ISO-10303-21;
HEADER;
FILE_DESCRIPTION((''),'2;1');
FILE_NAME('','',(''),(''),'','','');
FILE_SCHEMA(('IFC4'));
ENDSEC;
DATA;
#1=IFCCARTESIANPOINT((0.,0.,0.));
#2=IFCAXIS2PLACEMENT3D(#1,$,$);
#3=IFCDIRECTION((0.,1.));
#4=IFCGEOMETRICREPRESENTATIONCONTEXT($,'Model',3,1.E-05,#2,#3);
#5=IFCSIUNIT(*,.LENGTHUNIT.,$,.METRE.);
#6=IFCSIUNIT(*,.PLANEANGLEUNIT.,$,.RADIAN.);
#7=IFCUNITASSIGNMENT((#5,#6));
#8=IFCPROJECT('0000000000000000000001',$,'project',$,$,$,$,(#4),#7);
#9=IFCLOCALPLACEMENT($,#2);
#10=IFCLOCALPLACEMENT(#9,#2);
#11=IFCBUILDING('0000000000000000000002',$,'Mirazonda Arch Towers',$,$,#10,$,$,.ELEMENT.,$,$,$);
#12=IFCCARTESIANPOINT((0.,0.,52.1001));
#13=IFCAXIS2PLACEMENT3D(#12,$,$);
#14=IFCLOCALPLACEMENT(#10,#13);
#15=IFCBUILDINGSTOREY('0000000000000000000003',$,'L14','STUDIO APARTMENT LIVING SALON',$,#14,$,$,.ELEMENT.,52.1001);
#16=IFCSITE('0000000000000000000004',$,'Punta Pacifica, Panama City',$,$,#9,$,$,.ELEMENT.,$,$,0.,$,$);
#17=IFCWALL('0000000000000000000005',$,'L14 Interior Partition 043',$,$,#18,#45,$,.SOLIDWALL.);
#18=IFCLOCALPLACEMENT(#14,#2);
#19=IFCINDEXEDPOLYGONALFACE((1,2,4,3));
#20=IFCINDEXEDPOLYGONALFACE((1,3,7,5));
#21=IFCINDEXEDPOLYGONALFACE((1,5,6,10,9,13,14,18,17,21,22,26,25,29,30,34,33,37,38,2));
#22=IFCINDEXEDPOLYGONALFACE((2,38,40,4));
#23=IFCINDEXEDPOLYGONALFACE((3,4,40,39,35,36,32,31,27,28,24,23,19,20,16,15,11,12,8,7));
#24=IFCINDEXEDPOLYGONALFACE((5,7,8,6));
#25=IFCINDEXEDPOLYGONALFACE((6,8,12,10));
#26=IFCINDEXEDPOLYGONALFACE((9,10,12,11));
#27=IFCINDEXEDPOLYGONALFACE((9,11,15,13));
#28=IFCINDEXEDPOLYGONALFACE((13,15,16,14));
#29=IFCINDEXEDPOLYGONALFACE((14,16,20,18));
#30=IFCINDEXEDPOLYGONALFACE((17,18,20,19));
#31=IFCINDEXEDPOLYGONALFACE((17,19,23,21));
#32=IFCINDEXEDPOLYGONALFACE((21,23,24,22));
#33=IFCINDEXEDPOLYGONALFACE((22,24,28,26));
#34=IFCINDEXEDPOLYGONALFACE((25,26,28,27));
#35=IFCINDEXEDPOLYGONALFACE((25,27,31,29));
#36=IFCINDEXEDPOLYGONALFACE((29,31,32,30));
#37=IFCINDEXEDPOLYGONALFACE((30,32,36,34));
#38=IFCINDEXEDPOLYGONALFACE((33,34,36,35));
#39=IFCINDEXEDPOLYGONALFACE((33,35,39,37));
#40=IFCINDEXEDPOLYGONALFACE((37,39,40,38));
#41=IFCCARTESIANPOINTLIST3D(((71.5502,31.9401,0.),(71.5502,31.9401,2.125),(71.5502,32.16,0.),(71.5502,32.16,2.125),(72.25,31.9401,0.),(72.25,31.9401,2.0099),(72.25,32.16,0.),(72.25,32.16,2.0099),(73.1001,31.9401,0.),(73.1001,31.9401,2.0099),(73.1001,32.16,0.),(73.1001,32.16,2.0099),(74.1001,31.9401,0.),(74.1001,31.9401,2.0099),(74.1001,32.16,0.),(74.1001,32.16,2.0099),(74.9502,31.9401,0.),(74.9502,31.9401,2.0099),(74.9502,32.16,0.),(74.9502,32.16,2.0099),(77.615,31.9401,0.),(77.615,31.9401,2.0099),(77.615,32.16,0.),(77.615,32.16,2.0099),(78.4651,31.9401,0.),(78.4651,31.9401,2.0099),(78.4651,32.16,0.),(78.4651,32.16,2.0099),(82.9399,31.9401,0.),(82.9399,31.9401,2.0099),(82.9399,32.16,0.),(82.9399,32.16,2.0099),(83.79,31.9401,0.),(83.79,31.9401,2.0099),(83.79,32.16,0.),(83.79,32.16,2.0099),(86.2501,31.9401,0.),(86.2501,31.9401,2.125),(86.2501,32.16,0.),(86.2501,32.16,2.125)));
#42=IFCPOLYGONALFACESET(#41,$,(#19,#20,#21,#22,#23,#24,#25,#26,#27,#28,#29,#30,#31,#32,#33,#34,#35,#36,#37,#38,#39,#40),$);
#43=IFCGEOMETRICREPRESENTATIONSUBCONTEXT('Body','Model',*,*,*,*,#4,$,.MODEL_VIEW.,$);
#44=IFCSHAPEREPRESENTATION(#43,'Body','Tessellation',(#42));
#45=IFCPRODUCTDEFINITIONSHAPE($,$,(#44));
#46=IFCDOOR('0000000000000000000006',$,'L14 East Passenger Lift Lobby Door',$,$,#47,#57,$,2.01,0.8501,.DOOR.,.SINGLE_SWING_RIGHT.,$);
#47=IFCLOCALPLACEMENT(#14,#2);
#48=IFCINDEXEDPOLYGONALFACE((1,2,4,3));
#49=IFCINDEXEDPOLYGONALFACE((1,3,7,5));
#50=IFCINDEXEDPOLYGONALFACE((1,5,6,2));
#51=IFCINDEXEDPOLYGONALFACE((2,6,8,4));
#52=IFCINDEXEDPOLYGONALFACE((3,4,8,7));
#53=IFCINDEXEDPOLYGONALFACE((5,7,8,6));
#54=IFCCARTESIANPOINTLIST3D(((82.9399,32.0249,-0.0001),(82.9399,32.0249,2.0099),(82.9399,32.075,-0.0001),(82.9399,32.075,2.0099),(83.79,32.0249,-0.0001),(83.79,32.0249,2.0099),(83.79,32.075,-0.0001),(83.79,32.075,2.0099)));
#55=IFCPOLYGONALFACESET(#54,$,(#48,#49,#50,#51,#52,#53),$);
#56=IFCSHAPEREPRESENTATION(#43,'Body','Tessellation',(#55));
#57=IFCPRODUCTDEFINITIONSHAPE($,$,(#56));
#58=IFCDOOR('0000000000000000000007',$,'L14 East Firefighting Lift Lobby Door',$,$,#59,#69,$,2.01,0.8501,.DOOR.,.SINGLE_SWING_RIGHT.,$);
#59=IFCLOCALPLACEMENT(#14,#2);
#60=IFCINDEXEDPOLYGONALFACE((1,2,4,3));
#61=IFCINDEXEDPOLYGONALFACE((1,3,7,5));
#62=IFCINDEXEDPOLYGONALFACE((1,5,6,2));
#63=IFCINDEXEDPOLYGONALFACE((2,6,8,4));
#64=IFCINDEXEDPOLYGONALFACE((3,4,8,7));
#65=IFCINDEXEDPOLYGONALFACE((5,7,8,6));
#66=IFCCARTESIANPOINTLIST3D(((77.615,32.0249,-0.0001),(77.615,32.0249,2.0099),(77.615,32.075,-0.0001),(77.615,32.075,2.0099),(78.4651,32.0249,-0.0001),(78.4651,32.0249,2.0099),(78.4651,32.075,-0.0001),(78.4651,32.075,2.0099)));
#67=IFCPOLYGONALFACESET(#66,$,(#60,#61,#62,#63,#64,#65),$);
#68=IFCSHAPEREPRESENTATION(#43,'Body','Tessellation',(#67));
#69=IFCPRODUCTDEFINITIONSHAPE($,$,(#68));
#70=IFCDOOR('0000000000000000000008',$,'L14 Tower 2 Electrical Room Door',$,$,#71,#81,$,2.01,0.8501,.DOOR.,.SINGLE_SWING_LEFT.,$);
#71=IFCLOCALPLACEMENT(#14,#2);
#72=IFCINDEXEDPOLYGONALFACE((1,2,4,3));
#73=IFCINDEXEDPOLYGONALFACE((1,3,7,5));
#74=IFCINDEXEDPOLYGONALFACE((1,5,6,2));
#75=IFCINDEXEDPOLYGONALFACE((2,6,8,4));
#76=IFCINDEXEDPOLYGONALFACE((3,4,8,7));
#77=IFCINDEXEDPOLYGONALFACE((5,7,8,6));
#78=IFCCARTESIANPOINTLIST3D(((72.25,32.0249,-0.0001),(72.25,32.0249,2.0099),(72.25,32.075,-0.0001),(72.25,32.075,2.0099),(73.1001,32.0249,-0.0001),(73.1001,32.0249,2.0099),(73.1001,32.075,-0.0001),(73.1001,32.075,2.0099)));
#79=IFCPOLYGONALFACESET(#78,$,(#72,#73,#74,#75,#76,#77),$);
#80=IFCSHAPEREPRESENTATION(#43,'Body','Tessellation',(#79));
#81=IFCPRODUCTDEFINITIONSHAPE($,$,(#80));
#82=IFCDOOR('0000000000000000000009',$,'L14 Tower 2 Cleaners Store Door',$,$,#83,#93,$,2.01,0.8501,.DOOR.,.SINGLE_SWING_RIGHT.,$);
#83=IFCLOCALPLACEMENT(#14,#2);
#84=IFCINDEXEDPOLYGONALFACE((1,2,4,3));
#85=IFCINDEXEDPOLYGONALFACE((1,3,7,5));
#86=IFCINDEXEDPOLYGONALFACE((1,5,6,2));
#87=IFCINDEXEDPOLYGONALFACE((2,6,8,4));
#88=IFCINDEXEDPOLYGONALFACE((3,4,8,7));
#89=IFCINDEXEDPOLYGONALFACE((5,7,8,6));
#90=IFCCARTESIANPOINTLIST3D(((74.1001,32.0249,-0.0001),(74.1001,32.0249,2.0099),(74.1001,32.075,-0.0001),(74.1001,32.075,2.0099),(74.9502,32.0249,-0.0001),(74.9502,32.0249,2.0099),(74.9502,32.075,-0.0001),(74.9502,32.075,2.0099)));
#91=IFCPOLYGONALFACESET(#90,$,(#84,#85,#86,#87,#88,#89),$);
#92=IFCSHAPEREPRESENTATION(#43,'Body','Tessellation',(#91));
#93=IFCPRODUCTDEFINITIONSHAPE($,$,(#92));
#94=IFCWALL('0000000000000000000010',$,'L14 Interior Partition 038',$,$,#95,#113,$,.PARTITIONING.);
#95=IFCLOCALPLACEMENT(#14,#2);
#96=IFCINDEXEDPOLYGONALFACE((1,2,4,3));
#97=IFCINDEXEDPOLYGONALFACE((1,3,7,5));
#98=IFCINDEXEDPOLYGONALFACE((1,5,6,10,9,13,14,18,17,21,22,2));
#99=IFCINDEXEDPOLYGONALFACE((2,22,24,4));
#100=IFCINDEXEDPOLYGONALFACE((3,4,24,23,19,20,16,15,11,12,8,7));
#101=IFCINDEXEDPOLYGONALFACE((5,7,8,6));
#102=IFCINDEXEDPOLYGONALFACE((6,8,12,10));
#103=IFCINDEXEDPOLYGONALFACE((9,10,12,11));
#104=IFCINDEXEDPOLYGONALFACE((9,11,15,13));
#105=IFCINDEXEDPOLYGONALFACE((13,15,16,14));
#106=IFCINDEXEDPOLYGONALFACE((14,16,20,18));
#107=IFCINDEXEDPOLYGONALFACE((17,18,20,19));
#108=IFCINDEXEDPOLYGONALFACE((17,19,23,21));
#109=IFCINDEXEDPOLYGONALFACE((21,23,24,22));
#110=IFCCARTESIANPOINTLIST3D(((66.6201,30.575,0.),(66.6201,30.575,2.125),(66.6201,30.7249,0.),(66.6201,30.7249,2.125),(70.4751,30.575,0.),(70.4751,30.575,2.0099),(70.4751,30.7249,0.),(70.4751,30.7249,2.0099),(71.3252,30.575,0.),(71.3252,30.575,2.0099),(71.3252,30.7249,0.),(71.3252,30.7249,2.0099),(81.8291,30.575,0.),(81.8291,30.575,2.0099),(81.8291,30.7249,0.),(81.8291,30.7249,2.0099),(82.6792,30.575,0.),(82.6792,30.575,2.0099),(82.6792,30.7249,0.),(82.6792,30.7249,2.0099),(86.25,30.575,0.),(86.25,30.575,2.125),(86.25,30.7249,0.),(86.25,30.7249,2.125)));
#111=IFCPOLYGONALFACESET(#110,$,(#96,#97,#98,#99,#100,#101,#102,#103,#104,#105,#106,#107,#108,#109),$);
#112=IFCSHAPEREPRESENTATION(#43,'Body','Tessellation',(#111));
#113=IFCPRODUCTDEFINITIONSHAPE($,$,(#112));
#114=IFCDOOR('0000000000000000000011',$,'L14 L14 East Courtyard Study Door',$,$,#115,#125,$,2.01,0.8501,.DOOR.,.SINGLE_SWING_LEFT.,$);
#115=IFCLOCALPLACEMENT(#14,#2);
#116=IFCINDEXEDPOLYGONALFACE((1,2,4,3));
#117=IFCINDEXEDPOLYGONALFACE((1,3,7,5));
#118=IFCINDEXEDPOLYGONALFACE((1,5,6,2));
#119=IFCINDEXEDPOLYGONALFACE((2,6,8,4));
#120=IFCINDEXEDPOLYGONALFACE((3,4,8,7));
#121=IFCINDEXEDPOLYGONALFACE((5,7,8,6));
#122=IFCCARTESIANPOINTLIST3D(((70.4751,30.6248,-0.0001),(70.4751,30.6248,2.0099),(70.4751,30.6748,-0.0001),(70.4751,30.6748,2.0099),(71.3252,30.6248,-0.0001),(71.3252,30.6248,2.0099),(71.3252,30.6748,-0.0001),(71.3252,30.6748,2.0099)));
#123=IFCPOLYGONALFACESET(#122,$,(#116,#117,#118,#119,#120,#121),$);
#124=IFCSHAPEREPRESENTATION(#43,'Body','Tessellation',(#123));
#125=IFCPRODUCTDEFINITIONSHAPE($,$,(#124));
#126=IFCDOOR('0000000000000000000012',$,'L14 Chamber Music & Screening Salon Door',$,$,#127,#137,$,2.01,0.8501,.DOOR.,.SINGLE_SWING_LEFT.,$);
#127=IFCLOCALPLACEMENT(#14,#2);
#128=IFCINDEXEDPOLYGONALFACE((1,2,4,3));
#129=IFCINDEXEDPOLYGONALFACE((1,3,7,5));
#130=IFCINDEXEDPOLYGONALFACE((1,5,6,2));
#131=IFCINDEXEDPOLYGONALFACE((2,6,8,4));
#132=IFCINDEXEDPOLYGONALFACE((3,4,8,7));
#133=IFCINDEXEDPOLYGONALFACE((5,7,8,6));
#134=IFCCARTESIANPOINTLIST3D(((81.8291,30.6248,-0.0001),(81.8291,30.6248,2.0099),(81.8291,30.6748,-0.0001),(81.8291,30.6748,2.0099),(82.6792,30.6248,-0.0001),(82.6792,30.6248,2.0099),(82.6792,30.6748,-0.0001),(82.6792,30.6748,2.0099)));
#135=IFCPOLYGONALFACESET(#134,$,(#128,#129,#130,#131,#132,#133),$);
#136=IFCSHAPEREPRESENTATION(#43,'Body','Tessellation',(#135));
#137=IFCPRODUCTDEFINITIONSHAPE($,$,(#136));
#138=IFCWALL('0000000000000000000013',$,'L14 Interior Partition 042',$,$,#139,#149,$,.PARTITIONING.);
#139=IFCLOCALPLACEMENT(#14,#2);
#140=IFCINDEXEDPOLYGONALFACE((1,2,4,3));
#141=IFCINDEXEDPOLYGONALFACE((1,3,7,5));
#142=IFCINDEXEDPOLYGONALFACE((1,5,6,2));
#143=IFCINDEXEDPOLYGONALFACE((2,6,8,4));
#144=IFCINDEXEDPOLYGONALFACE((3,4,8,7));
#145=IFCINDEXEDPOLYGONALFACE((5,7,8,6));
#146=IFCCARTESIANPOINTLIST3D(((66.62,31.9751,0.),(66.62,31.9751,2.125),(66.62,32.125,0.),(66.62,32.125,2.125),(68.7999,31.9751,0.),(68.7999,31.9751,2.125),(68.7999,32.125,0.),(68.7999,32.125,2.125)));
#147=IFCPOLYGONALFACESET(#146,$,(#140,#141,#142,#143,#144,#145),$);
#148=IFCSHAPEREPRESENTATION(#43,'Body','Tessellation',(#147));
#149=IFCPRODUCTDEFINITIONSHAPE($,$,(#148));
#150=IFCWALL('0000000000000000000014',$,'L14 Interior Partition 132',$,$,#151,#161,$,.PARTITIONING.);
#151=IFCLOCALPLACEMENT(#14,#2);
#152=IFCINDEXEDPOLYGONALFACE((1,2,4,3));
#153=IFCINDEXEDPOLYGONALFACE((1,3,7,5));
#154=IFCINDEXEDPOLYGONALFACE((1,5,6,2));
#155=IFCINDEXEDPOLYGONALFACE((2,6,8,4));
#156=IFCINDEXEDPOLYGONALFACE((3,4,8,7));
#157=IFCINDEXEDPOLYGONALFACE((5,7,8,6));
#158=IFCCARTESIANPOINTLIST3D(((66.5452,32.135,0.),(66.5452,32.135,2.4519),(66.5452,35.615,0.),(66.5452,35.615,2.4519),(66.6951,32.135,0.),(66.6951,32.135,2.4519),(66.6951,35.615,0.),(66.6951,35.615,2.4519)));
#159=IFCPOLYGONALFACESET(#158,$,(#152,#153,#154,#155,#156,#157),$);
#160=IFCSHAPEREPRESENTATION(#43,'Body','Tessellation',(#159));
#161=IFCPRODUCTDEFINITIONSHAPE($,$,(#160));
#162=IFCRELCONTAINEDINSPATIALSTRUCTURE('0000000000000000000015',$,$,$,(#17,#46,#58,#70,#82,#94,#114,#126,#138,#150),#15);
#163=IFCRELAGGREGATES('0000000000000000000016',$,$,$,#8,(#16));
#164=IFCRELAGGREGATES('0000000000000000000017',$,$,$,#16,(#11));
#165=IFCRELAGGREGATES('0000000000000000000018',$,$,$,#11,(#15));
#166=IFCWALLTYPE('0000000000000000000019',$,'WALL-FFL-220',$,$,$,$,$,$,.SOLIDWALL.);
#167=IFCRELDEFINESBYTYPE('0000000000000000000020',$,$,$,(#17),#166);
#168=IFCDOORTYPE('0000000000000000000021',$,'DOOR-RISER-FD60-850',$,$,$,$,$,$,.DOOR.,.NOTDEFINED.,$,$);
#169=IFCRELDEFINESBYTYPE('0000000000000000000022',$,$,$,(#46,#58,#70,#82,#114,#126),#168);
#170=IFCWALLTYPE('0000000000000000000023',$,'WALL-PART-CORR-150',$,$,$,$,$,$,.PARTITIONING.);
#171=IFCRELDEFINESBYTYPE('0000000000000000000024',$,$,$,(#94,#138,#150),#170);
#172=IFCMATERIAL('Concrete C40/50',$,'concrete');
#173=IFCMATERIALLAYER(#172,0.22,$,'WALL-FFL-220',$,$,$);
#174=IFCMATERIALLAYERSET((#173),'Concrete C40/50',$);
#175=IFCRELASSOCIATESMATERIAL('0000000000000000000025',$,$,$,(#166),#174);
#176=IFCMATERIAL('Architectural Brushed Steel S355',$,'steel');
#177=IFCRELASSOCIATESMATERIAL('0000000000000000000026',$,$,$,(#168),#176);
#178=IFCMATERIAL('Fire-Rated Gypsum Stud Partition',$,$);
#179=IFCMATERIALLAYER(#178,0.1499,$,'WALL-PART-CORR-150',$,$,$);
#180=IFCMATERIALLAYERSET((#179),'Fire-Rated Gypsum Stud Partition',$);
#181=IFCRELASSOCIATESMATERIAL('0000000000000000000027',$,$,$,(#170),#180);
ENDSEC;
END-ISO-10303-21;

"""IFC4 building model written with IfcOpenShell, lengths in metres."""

from ifc_helpers import new_model, si_unit, direction, frame, frame_2d, origin, place, context, subcontext, project, spatial, rectangle, extrude, material, layer, layer_set, type_object, element, fill, save


model = new_model("IFC4")

# Units and contexts
model_context = context("Model", 3, precision=1e-05, world=origin(), true_north=direction((0.0, 1.0)))
body_context = subcontext(model_context, "Body", "Model", "MODEL_VIEW")
ifc_project = project(units=[si_unit("LENGTHUNIT", "METRE"), si_unit("PLANEANGLEUNIT", "RADIAN")], contexts=[model_context])

# Site, building, storey
site_placement = place(None, origin())
site = spatial("IfcSite", under=ifc_project, at=site_placement, Name="Punta Pacifica, Panama City", CompositionType="ELEMENT", RefElevation=0.0)
building_placement = place(site_placement, origin())
building = spatial("IfcBuilding", under=site, at=building_placement, Name="Mirazonda Arch Towers", CompositionType="ELEMENT")
storey_placement = place(building_placement, frame((0.0, 0.0, 52.1001)))
storey = spatial("IfcBuildingStorey", under=building, at=storey_placement, Name="L14", Description="STUDIO APARTMENT LIVING SALON", CompositionType="ELEMENT", Elevation=52.1001)

# Walls, openings, doors
ifc_material_1 = material(Name="Architectural Brushed Steel S355", Category="steel")
ifc_material_2 = material(Name="Concrete C40/50", Category="concrete")
ifc_layer_1 = layer(ifc_material_2, 0.22, Name="WALL-FFL-220")
ifc_layer_set_1 = layer_set([ifc_layer_1], Name="Concrete C40/50")
wall_type_1 = type_object("IfcWallType", Name="WALL-FFL-220", PredefinedType="SOLIDWALL", material=ifc_layer_set_1)
wall_1_placement = place(storey_placement, frame((71.55, 32.05, 0.0), z_axis=(0.0, 0.0, 1.0), x_axis=(1.0, 0.0, 0.0)))
wall_1 = element("IfcWall", 1, at=wall_1_placement, inside=storey, type_object=wall_type_1, Name="L14 Interior Partition 043", PredefinedType="SOLIDWALL", context=body_context, shape_type="SweptSolid", body=[
    extrude(rectangle(XDim=14.7, YDim=0.22, at=frame_2d((7.3501, 0.0))), origin(), (0.0, 0.0, 1.0), 2.125),
])
opening_1_placement = place(wall_1_placement, frame((11.3899, 0.0, 0.0)))
opening_1 = element("IfcOpeningElement", 2, at=opening_1_placement, cuts=wall_1, PredefinedType="OPENING", context=body_context, shape_type="SweptSolid", body=[
    extrude(rectangle(XDim=0.8501, YDim=2.01, at=frame_2d((0.425, 1.0049))), frame((0.0, 0.1199, 0.0), z_axis=(0.0, -1.0, 0.0), x_axis=(1.0, 0.0, 0.0)), (0.0, 0.0, 1.0), 0.24),
])
opening_2_placement = place(wall_1_placement, frame((6.0649, 0.0, 0.0)))
opening_2 = element("IfcOpeningElement", 3, at=opening_2_placement, cuts=wall_1, PredefinedType="OPENING", context=body_context, shape_type="SweptSolid", body=[
    extrude(rectangle(XDim=0.8501, YDim=2.01, at=frame_2d((0.425, 1.0049))), frame((0.0, 0.1199, 0.0), z_axis=(0.0, -1.0, 0.0), x_axis=(1.0, 0.0, 0.0)), (0.0, 0.0, 1.0), 0.24),
])
opening_3_placement = place(wall_1_placement, frame((0.7, 0.0, 0.0)))
opening_3 = element("IfcOpeningElement", 4, at=opening_3_placement, cuts=wall_1, PredefinedType="OPENING", context=body_context, shape_type="SweptSolid", body=[
    extrude(rectangle(XDim=0.8501, YDim=2.01, at=frame_2d((0.425, 1.0049))), frame((0.0, 0.1199, 0.0), z_axis=(0.0, -1.0, 0.0), x_axis=(1.0, 0.0, 0.0)), (0.0, 0.0, 1.0), 0.24),
])
opening_4_placement = place(wall_1_placement, frame((2.55, 0.0, 0.0)))
opening_4 = element("IfcOpeningElement", 5, at=opening_4_placement, cuts=wall_1, PredefinedType="OPENING", context=body_context, shape_type="SweptSolid", body=[
    extrude(rectangle(XDim=0.8501, YDim=2.01, at=frame_2d((0.425, 1.0049))), frame((0.0, 0.1199, 0.0), z_axis=(0.0, -1.0, 0.0), x_axis=(1.0, 0.0, 0.0)), (0.0, 0.0, 1.0), 0.24),
])
door_type_1 = type_object("IfcDoorType", Name="DOOR-RISER-FD60-850", OperationType="NOTDEFINED", PredefinedType="DOOR", material=ifc_material_1)
door_1_placement = place(opening_1_placement, origin())
door_1 = element("IfcDoor", 6, at=door_1_placement, inside=storey, type_object=door_type_1, Name="L14 East Passenger Lift Lobby Door", OperationType="SINGLE_SWING_RIGHT", OverallHeight=2.01, OverallWidth=0.8501, PredefinedType="DOOR", context=body_context, shape_type="SweptSolid", body=[
    extrude(rectangle(XDim=0.8501, YDim=2.01, at=frame_2d((0.425, 1.0049))), frame((0.0, 0.0249, 0.0), z_axis=(0.0, -1.0, 0.0), x_axis=(1.0, 0.0, 0.0)), (0.0, 0.0, 1.0), 0.05),
])
fill(opening_1, door_1)
door_2_placement = place(opening_2_placement, origin())
door_2 = element("IfcDoor", 7, at=door_2_placement, inside=storey, type_object=door_type_1, Name="L14 East Firefighting Lift Lobby Door", OperationType="SINGLE_SWING_RIGHT", OverallHeight=2.01, OverallWidth=0.8501, PredefinedType="DOOR", context=body_context, shape_type="SweptSolid", body=[
    extrude(rectangle(XDim=0.8501, YDim=2.01, at=frame_2d((0.425, 1.0049))), frame((0.0, 0.0249, 0.0), z_axis=(0.0, -1.0, 0.0), x_axis=(1.0, 0.0, 0.0)), (0.0, 0.0, 1.0), 0.05),
])
fill(opening_2, door_2)
door_3_placement = place(opening_3_placement, origin())
door_3 = element("IfcDoor", 8, at=door_3_placement, inside=storey, type_object=door_type_1, Name="L14 Tower 2 Electrical Room Door", OperationType="SINGLE_SWING_LEFT", OverallHeight=2.01, OverallWidth=0.8501, PredefinedType="DOOR", context=body_context, shape_type="SweptSolid", body=[
    extrude(rectangle(XDim=0.8501, YDim=2.01, at=frame_2d((0.425, 1.0049))), frame((0.0, 0.0249, 0.0), z_axis=(0.0, -1.0, 0.0), x_axis=(1.0, 0.0, 0.0)), (0.0, 0.0, 1.0), 0.05),
])
fill(opening_3, door_3)
door_4_placement = place(opening_4_placement, origin())
door_4 = element("IfcDoor", 9, at=door_4_placement, inside=storey, type_object=door_type_1, Name="L14 Tower 2 Cleaners Store Door", OperationType="SINGLE_SWING_RIGHT", OverallHeight=2.01, OverallWidth=0.8501, PredefinedType="DOOR", context=body_context, shape_type="SweptSolid", body=[
    extrude(rectangle(XDim=0.8501, YDim=2.01, at=frame_2d((0.425, 1.0049))), frame((0.0, 0.0249, 0.0), z_axis=(0.0, -1.0, 0.0), x_axis=(1.0, 0.0, 0.0)), (0.0, 0.0, 1.0), 0.05),
])
fill(opening_4, door_4)
ifc_material_3 = material(Name="Fire-Rated Gypsum Stud Partition")
ifc_layer_2 = layer(ifc_material_3, 0.1499, Name="WALL-PART-CORR-150")
ifc_layer_set_2 = layer_set([ifc_layer_2], Name="Fire-Rated Gypsum Stud Partition")
wall_type_2 = type_object("IfcWallType", Name="WALL-PART-CORR-150", PredefinedType="PARTITIONING", material=ifc_layer_set_2)
wall_2_placement = place(storey_placement, frame((66.6201, 30.6499, 0.0), z_axis=(0.0, 0.0, 1.0), x_axis=(1.0, 0.0, 0.0)))
wall_2 = element("IfcWall", 10, at=wall_2_placement, inside=storey, type_object=wall_type_2, Name="L14 Interior Partition 038", PredefinedType="PARTITIONING", context=body_context, shape_type="SweptSolid", body=[
    extrude(rectangle(XDim=19.6299, YDim=0.1499, at=frame_2d((9.8149, 0.0))), origin(), (0.0, 0.0, 1.0), 2.125),
])
opening_5_placement = place(wall_2_placement, frame((3.855, 0.0, 0.0)))
opening_5 = element("IfcOpeningElement", 11, at=opening_5_placement, cuts=wall_2, PredefinedType="OPENING", context=body_context, shape_type="SweptSolid", body=[
    extrude(rectangle(XDim=0.8501, YDim=2.01, at=frame_2d((0.425, 1.0049))), frame((0.0, 0.085, 0.0), z_axis=(0.0, -1.0, 0.0), x_axis=(1.0, 0.0, 0.0)), (0.0, 0.0, 1.0), 0.1699),
])
opening_6_placement = place(wall_2_placement, frame((15.209, 0.0, 0.0)))
opening_6 = element("IfcOpeningElement", 12, at=opening_6_placement, cuts=wall_2, PredefinedType="OPENING", context=body_context, shape_type="SweptSolid", body=[
    extrude(rectangle(XDim=0.8501, YDim=2.01, at=frame_2d((0.425, 1.0049))), frame((0.0, 0.085, 0.0), z_axis=(0.0, -1.0, 0.0), x_axis=(1.0, 0.0, 0.0)), (0.0, 0.0, 1.0), 0.1699),
])
door_5_placement = place(opening_5_placement, origin())
door_5 = element("IfcDoor", 13, at=door_5_placement, inside=storey, type_object=door_type_1, Name="L14 L14 East Courtyard Study Door", OperationType="SINGLE_SWING_LEFT", OverallHeight=2.01, OverallWidth=0.8501, PredefinedType="DOOR", context=body_context, shape_type="SweptSolid", body=[
    extrude(rectangle(XDim=0.8501, YDim=2.01, at=frame_2d((0.425, 1.0049))), frame((0.0, 0.0249, 0.0), z_axis=(0.0, -1.0, 0.0), x_axis=(1.0, 0.0, 0.0)), (0.0, 0.0, 1.0), 0.05),
])
fill(opening_5, door_5)
door_6_placement = place(opening_6_placement, origin())
door_6 = element("IfcDoor", 14, at=door_6_placement, inside=storey, type_object=door_type_1, Name="L14 Chamber Music & Screening Salon Door", OperationType="SINGLE_SWING_LEFT", OverallHeight=2.01, OverallWidth=0.8501, PredefinedType="DOOR", context=body_context, shape_type="SweptSolid", body=[
    extrude(rectangle(XDim=0.8501, YDim=2.01, at=frame_2d((0.425, 1.0049))), frame((0.0, 0.0249, 0.0), z_axis=(0.0, -1.0, 0.0), x_axis=(1.0, 0.0, 0.0)), (0.0, 0.0, 1.0), 0.05),
])
fill(opening_6, door_6)

# Walls
wall_3_placement = place(storey_placement, frame((66.6201, 32.05, 0.0), z_axis=(0.0, 0.0, 1.0), x_axis=(1.0, 0.0, 0.0)))
element("IfcWall", 15, at=wall_3_placement, inside=storey, type_object=wall_type_2, Name="L14 Interior Partition 042", PredefinedType="PARTITIONING", context=body_context, shape_type="SweptSolid", body=[
    extrude(rectangle(XDim=2.1799, YDim=0.1499, at=frame_2d((1.0898, 0.0))), origin(), (0.0, 0.0, 1.0), 2.125),
])
wall_4_placement = place(storey_placement, frame((66.6201, 32.135, 0.0), z_axis=(0.0, 0.0, 1.0), x_axis=(0.0, 1.0, 0.0)))
element("IfcWall", 16, at=wall_4_placement, inside=storey, type_object=wall_type_2, Name="L14 Interior Partition 132", PredefinedType="PARTITIONING", context=body_context, shape_type="SweptSolid", body=[
    extrude(rectangle(XDim=3.48, YDim=0.1499, at=frame_2d((1.74, 0.0))), origin(), (0.0, 0.0, 1.0), 2.4519),
])

save(model, "model.ifc")
